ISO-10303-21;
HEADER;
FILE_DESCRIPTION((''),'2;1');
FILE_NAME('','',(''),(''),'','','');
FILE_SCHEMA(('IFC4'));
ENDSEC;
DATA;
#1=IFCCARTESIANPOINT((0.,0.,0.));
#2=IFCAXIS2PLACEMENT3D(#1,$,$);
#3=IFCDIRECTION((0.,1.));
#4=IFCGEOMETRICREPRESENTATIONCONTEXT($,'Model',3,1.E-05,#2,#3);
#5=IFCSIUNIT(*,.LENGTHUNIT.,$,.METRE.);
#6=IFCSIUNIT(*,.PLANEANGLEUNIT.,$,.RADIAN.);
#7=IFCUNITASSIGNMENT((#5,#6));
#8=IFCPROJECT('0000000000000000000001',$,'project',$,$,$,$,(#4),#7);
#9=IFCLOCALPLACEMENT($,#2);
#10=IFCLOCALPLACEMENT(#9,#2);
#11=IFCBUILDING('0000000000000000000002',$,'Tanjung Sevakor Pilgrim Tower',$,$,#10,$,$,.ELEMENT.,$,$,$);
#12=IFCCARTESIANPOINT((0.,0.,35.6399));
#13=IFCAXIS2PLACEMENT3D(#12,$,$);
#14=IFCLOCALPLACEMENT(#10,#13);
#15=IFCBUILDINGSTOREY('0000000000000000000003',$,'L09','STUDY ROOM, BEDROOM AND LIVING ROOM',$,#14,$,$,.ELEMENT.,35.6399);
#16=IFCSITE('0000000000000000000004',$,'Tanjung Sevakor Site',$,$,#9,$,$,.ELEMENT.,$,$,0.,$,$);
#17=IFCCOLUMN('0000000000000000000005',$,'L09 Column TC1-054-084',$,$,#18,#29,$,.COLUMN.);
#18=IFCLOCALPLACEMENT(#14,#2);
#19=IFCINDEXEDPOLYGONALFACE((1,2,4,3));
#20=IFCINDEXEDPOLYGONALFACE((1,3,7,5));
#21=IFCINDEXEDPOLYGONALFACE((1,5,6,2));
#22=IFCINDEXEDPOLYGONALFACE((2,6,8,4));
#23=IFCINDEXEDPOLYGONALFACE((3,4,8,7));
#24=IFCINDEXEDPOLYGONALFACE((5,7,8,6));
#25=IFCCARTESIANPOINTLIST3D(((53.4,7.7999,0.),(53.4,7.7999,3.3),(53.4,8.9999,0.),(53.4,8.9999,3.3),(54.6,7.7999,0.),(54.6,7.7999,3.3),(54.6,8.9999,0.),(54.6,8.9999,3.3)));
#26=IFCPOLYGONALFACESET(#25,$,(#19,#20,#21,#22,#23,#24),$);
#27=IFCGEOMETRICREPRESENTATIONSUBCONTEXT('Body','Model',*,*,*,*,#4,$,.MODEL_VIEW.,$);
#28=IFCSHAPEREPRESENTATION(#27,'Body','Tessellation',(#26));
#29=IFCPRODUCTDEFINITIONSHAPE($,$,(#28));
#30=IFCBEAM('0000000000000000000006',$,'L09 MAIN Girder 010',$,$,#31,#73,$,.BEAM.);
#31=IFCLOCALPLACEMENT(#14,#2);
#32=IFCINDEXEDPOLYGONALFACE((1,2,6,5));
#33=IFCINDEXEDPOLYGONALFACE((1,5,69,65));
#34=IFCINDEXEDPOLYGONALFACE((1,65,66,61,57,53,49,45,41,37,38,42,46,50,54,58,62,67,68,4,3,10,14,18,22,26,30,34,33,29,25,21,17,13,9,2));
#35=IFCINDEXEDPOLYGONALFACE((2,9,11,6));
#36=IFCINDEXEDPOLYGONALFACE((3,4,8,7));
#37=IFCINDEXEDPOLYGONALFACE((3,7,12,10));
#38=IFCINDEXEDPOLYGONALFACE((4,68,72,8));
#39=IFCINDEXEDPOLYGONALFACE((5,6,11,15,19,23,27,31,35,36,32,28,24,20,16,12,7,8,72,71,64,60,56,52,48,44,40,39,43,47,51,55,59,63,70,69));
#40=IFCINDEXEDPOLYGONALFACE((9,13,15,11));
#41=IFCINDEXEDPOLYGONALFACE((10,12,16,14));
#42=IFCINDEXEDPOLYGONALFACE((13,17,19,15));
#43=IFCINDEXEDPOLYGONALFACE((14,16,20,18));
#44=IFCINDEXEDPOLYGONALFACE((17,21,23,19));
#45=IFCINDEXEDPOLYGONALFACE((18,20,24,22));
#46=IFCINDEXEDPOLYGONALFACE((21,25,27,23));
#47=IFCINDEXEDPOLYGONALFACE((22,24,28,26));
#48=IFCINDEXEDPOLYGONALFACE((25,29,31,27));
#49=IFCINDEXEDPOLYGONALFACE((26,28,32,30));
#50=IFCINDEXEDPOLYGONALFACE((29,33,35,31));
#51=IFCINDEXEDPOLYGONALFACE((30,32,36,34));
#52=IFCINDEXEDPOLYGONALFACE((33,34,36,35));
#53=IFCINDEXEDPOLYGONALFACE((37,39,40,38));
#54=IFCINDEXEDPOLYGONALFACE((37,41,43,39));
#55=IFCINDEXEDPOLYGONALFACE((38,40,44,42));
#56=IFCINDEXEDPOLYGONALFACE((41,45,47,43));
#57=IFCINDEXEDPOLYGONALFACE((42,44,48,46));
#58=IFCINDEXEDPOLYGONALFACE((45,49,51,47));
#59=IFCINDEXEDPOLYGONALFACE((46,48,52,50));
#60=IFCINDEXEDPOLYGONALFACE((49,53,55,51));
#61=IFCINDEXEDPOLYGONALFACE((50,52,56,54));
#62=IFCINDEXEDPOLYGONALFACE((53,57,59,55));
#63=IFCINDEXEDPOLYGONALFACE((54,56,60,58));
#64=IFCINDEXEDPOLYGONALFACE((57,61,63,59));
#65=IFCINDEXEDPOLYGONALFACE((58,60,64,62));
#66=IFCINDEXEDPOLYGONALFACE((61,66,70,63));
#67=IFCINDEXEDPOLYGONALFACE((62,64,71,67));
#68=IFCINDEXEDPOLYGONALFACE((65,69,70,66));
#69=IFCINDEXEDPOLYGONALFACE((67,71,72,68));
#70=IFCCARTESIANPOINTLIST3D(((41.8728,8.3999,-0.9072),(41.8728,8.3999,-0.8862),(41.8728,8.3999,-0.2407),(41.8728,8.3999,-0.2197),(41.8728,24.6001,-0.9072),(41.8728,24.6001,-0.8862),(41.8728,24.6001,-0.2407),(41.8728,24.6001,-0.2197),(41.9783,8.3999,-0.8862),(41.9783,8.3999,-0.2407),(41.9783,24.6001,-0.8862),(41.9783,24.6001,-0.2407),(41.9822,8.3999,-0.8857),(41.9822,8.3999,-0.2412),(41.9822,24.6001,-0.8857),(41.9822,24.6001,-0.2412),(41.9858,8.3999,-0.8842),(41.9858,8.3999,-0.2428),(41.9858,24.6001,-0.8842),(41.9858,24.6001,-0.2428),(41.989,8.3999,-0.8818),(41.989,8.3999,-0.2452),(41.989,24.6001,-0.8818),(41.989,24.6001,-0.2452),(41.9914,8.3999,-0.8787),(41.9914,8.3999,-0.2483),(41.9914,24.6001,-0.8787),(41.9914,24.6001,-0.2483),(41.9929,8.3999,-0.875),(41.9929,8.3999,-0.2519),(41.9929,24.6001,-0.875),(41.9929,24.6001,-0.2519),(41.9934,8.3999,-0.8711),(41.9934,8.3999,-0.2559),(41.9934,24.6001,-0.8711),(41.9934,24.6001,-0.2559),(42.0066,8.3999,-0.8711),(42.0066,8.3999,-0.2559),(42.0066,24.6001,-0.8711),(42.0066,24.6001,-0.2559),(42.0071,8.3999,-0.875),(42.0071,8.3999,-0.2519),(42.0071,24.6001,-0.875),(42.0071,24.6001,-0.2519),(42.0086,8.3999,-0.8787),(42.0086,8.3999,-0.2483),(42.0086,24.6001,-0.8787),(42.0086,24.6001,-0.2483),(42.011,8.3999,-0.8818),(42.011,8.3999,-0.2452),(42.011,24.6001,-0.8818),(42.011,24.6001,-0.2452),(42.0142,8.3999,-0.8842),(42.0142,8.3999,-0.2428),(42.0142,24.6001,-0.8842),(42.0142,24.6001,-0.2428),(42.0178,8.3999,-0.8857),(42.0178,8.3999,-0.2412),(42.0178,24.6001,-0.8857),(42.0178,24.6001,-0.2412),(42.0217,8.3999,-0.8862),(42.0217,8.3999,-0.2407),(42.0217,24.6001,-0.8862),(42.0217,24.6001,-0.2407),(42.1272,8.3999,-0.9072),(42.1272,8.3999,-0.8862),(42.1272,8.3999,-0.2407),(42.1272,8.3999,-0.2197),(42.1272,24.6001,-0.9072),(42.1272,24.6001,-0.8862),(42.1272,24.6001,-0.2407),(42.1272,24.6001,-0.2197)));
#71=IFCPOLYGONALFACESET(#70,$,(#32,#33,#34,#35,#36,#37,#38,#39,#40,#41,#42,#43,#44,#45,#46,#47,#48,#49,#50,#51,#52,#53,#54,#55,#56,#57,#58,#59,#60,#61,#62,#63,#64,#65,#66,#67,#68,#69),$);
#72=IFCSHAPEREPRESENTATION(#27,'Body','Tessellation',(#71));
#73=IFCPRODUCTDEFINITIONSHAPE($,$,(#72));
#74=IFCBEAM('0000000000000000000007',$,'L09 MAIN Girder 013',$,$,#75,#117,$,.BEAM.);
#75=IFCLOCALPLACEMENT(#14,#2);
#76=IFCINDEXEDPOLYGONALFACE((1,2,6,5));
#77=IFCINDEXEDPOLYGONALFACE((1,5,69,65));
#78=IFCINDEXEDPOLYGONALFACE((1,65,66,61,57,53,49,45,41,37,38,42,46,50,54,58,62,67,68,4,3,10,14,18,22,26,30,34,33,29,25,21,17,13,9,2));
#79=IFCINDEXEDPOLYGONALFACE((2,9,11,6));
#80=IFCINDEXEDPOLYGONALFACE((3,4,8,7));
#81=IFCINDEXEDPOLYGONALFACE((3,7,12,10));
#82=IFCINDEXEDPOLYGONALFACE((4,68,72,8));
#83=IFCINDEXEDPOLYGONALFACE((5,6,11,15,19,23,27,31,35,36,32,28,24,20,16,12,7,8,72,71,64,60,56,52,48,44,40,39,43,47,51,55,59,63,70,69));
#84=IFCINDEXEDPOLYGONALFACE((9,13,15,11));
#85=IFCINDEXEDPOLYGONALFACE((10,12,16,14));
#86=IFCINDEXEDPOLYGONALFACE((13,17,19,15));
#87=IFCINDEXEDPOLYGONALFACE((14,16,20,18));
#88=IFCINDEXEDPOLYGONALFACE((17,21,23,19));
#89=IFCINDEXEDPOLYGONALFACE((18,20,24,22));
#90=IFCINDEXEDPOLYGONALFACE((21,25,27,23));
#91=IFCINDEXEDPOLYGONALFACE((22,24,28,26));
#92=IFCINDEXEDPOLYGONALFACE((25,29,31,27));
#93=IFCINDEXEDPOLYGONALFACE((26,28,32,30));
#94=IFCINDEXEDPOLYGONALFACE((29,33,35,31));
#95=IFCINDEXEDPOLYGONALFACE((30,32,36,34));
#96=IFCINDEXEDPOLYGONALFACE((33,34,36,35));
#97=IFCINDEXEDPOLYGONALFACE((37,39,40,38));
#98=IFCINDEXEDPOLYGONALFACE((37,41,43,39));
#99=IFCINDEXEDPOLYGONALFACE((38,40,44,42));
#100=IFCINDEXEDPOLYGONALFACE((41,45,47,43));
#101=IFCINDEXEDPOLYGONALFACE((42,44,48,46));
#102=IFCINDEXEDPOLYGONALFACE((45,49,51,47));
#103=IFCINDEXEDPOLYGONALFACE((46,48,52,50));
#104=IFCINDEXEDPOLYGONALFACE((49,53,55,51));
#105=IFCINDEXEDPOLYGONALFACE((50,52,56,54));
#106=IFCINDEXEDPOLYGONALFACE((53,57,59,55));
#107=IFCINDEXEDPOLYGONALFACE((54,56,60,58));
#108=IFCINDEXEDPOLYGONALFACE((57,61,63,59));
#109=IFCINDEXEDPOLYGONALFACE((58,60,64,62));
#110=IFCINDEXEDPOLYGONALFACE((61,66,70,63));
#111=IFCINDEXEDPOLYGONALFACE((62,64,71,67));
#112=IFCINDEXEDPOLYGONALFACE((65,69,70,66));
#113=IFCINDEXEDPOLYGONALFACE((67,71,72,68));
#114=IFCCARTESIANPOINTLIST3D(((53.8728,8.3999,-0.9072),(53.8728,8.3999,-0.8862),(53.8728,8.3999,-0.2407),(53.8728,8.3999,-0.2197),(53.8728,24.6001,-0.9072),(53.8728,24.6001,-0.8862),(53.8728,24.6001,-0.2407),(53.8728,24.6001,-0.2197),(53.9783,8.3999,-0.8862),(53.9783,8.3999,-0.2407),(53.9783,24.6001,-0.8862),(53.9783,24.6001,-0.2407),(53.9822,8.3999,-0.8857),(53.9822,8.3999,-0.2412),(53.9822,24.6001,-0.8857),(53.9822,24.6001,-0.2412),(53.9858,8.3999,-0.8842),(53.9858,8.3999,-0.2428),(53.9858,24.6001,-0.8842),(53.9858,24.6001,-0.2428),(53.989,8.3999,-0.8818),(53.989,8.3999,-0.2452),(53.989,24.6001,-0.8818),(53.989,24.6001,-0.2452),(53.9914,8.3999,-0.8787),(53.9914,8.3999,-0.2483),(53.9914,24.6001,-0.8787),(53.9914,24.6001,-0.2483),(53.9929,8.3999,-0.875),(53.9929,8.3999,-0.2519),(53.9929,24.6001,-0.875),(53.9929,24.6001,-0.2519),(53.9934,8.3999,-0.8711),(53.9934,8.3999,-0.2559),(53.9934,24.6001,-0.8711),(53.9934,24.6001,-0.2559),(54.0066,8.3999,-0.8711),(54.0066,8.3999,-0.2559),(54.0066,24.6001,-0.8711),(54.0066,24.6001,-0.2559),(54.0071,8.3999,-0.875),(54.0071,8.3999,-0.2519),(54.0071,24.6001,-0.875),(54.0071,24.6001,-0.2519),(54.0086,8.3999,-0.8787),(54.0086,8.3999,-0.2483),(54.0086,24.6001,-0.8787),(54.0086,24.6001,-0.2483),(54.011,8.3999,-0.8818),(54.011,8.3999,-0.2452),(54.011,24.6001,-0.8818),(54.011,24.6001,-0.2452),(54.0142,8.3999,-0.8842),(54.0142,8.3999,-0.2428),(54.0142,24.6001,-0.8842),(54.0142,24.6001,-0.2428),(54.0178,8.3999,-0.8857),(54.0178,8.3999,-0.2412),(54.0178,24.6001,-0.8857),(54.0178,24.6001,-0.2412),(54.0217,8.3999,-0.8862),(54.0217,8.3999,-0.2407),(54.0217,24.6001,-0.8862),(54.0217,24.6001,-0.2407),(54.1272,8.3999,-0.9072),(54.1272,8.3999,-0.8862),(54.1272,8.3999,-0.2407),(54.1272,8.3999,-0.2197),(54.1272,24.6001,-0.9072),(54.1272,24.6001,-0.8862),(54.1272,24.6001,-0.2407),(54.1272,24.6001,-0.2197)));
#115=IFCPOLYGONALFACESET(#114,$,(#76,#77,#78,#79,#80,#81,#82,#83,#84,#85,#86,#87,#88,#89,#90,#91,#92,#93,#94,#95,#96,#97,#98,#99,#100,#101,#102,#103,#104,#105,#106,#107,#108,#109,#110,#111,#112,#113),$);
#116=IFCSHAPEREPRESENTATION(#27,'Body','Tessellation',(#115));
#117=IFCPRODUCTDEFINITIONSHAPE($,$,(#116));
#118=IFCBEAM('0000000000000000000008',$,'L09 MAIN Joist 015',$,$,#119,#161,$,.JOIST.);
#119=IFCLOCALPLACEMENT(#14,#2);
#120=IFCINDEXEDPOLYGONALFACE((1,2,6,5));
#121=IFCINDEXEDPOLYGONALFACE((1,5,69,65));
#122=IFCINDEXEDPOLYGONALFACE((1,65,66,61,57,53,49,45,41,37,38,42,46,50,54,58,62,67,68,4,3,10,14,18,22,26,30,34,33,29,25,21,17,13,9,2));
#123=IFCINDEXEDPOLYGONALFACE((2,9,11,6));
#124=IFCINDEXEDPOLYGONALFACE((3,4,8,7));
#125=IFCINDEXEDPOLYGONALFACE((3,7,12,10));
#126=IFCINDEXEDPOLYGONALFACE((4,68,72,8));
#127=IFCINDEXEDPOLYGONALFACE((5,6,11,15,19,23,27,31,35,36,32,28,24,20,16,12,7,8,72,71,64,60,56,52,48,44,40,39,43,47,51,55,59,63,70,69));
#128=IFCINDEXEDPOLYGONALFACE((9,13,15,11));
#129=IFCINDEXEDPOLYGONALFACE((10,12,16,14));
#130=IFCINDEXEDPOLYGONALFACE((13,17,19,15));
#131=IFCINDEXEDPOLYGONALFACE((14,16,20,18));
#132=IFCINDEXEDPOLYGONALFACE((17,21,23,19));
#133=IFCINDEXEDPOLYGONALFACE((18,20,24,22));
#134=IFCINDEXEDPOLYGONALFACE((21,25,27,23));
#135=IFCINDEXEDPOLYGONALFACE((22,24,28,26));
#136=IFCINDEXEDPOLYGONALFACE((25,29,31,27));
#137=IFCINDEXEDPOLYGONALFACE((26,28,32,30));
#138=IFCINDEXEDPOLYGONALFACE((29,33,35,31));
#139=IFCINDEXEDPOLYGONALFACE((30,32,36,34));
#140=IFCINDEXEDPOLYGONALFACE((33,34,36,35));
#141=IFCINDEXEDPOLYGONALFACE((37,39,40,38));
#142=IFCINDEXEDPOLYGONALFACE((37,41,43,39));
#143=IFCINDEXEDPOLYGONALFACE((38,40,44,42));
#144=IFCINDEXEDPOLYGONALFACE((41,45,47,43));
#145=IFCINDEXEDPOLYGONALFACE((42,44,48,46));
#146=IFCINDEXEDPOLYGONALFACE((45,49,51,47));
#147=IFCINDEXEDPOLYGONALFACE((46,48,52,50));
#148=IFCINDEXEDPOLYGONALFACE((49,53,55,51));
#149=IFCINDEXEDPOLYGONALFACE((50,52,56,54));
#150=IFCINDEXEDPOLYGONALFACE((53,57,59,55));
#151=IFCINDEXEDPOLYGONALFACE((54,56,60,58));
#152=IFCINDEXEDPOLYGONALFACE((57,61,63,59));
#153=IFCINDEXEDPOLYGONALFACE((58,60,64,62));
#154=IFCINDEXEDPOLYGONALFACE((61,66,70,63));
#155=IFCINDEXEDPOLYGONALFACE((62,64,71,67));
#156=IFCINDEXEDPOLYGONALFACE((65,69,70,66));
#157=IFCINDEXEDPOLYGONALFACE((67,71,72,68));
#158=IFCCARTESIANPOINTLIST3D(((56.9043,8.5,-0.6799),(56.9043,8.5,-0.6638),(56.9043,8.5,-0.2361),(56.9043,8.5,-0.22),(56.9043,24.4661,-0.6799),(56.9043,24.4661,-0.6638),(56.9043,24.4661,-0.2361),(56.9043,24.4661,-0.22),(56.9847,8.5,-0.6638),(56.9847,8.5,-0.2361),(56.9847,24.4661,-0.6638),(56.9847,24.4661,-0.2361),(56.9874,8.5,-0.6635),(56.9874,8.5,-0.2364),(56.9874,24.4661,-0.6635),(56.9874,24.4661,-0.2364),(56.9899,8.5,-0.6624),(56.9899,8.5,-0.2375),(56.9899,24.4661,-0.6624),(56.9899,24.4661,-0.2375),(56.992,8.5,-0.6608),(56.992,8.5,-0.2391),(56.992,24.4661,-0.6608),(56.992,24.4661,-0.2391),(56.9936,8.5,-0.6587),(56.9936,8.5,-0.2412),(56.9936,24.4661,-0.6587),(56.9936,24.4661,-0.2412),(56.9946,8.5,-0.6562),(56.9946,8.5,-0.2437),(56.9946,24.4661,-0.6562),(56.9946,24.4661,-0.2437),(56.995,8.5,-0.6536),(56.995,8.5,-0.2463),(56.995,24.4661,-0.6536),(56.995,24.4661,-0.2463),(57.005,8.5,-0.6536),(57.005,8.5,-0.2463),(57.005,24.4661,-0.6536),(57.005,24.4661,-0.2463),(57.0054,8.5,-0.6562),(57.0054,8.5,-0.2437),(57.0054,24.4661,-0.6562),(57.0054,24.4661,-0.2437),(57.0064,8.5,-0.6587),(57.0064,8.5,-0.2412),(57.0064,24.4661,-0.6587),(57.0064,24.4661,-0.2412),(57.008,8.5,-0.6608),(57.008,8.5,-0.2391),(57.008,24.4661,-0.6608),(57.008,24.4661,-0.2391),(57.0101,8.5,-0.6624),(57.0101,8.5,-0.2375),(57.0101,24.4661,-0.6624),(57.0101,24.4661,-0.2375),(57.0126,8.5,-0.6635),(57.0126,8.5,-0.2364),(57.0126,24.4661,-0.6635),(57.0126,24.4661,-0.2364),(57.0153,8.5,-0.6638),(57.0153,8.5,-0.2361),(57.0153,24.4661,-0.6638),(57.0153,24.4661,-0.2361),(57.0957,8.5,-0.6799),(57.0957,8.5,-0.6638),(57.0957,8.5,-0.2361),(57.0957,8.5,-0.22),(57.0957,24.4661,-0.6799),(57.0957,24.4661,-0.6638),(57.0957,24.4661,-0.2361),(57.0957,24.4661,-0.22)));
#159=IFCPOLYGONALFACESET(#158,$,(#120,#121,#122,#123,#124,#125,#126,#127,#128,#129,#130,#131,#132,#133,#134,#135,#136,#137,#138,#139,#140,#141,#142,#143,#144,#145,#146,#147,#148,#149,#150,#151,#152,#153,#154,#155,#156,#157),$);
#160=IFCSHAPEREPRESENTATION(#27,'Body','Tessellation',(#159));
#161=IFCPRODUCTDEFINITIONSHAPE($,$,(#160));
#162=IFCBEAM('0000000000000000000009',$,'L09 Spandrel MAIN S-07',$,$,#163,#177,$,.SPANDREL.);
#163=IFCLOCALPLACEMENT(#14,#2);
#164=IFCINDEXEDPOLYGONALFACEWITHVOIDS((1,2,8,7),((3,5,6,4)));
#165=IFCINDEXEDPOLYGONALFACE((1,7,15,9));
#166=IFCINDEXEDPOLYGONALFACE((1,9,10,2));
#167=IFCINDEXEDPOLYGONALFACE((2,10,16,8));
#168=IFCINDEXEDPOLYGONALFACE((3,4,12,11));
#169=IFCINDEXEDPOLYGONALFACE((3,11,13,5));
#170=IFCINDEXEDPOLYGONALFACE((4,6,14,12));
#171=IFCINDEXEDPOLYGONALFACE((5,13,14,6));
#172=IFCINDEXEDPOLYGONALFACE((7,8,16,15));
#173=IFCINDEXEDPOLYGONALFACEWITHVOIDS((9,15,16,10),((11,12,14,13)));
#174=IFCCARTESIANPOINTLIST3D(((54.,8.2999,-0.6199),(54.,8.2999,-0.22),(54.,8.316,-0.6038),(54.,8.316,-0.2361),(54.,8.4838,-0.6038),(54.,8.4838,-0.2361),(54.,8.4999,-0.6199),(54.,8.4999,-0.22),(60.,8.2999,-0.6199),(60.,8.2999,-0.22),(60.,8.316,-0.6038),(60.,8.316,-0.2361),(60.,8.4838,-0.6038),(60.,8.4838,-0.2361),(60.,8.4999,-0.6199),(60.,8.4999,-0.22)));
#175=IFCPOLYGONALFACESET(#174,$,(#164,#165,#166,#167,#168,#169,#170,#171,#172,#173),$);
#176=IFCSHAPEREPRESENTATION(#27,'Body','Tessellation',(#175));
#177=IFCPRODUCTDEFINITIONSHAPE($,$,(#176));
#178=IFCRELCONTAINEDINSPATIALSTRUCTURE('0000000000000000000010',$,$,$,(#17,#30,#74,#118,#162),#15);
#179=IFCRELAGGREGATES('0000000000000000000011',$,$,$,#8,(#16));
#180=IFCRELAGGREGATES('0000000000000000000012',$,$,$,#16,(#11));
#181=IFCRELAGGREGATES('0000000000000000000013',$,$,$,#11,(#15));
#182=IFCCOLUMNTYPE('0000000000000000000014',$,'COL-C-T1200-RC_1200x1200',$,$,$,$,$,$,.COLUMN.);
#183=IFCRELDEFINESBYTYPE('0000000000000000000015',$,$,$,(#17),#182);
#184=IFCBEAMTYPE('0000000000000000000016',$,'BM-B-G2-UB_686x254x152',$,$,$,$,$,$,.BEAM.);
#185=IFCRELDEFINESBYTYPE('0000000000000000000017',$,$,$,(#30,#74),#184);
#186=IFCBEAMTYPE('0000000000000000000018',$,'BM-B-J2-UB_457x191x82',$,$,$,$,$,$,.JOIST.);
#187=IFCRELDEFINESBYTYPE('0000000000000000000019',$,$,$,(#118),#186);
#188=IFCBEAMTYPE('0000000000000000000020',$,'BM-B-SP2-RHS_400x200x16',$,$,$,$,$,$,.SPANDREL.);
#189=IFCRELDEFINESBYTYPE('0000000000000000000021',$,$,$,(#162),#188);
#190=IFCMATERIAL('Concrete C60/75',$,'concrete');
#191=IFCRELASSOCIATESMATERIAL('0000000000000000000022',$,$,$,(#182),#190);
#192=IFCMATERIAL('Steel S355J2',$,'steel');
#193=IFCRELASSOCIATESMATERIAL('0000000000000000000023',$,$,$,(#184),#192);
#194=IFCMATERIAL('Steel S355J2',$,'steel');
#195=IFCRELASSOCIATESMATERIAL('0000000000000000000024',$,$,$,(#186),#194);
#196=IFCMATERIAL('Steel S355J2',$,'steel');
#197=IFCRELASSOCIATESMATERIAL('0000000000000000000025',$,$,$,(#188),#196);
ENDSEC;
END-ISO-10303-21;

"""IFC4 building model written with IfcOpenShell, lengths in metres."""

from ifc_helpers import new_model, si_unit, direction, frame, origin, origin_2d, place, context, subcontext, project, spatial, rectangle, hollow_rectangle, i_section, extrude, material, material_profile, profile_set, type_object, element, save


model = new_model("IFC4")

# Units and contexts
model_context = context("Model", 3, precision=1e-05, world=origin(), true_north=direction((0.0, 1.0)))
body_context = subcontext(model_context, "Body", "Model", "MODEL_VIEW")
ifc_project = project(units=[si_unit("LENGTHUNIT", "METRE"), si_unit("PLANEANGLEUNIT", "RADIAN")], contexts=[model_context])

# Site, building, storey
site_placement = place(None, origin())
site = spatial("IfcSite", under=ifc_project, at=site_placement, Name="Tanjung Sevakor Site", CompositionType="ELEMENT", RefElevation=0.0)
building_placement = place(site_placement, origin())
building = spatial("IfcBuilding", under=site, at=building_placement, Name="Tanjung Sevakor Pilgrim Tower", CompositionType="ELEMENT")
storey_placement = place(building_placement, frame((0.0, 0.0, 35.6399)))
storey = spatial("IfcBuildingStorey", under=building, at=storey_placement, Name="L09", Description="STUDY ROOM, BEDROOM AND LIVING ROOM", CompositionType="ELEMENT", Elevation=35.6399)

# Column
ifc_material_1 = material(Name="Concrete C60/75", Category="concrete")
ifc_material_profile_1 = material_profile(ifc_material_1, rectangle(XDim=1.2, YDim=1.2, at=origin_2d()))
ifc_profile_set_1 = profile_set([ifc_material_profile_1], Name="Concrete C60/75")
column_type = type_object("IfcColumnType", Name="COL-C-T1200-RC_1200x1200", PredefinedType="COLUMN", material=ifc_profile_set_1)
column_placement = place(storey_placement, frame((54.0, 8.3999, 0.0), z_axis=(0.0, 0.0, 1.0), x_axis=(1.0, 0.0, 0.0)))
element("IfcColumn", 1, at=column_placement, inside=storey, type_object=column_type, Name="L09 Column TC1-054-084", PredefinedType="COLUMN", context=body_context, shape_type="SweptSolid", body=[
    extrude(rectangle(XDim=1.2, YDim=1.2, at=origin_2d()), origin(), (0.0, 0.0, 1.0), 3.3),
])

# Beams
ifc_material_2 = material(Name="Steel S355J2", Category="steel")
ifc_material_profile_2 = material_profile(ifc_material_2, i_section(OverallWidth=0.2544, OverallDepth=0.6875, WebThickness=0.0132, FlangeThickness=0.021, FilletRadius=0.0151, at=origin_2d()))
ifc_profile_set_2 = profile_set([ifc_material_profile_2], Name="Steel S355J2")
beam_type_1 = type_object("IfcBeamType", Name="BM-B-G2-UB_686x254x152", PredefinedType="BEAM", material=ifc_profile_set_2)
for number, where, z_axis, x_axis, name in (
    (2, (42.0, 8.3999, -0.5635), (0.0, 1.0, 0.0), (-1.0, 0.0, 0.0), "L09 MAIN Girder 010"),
    (3, (54.0, 8.3999, -0.5635), (0.0, 1.0, 0.0), (-1.0, 0.0, 0.0), "L09 MAIN Girder 013"),
):
    element("IfcBeam", number, at=place(storey_placement, frame(where, z_axis=z_axis, x_axis=x_axis)), inside=storey, type_object=beam_type_1, Name=name, PredefinedType="BEAM", context=body_context, shape_type="SweptSolid", body=[
        extrude(i_section(OverallWidth=0.2544, OverallDepth=0.6875, WebThickness=0.0132, FlangeThickness=0.021, FilletRadius=0.0151, at=origin_2d()), origin(), (0.0, 0.0, 1.0), 16.2002),
    ])
ifc_material_3 = material(Name="Steel S355J2", Category="steel")
ifc_material_profile_3 = material_profile(ifc_material_3, i_section(OverallWidth=0.1914, OverallDepth=0.46, WebThickness=0.01, FlangeThickness=0.0161, FilletRadius=0.0103, at=origin_2d()))
ifc_profile_set_3 = profile_set([ifc_material_profile_3], Name="Steel S355J2")
beam_type_2 = type_object("IfcBeamType", Name="BM-B-J2-UB_457x191x82", PredefinedType="JOIST", material=ifc_profile_set_3)
beam_1_placement = place(storey_placement, frame((57.0, 8.5, -0.45), z_axis=(0.0, 1.0, 0.0), x_axis=(-1.0, 0.0, 0.0)))
element("IfcBeam", 4, at=beam_1_placement, inside=storey, type_object=beam_type_2, Name="L09 MAIN Joist 015", PredefinedType="JOIST", context=body_context, shape_type="SweptSolid", body=[
    extrude(i_section(OverallWidth=0.1914, OverallDepth=0.46, WebThickness=0.01, FlangeThickness=0.0161, FilletRadius=0.0103, at=origin_2d()), origin(), (0.0, 0.0, 1.0), 15.9661),
])
ifc_material_4 = material(Name="Steel S355J2", Category="steel")
ifc_material_profile_4 = material_profile(ifc_material_4, hollow_rectangle(XDim=0.2, YDim=0.3999, WallThickness=0.0161, at=origin_2d()))
ifc_profile_set_4 = profile_set([ifc_material_profile_4], Name="Steel S355J2")
beam_type_3 = type_object("IfcBeamType", Name="BM-B-SP2-RHS_400x200x16", PredefinedType="SPANDREL", material=ifc_profile_set_4)
beam_2_placement = place(storey_placement, frame((54.0, 8.3999, -0.4199), z_axis=(1.0, 0.0, 0.0), x_axis=(0.0, 1.0, 0.0)))
element("IfcBeam", 5, at=beam_2_placement, inside=storey, type_object=beam_type_3, Name="L09 Spandrel MAIN S-07", PredefinedType="SPANDREL", context=body_context, shape_type="SweptSolid", body=[
    extrude(hollow_rectangle(XDim=0.2, YDim=0.3999, WallThickness=0.0161, at=origin_2d()), origin(), (0.0, 0.0, 1.0), 6.0),
])

save(model, "model.ifc")
